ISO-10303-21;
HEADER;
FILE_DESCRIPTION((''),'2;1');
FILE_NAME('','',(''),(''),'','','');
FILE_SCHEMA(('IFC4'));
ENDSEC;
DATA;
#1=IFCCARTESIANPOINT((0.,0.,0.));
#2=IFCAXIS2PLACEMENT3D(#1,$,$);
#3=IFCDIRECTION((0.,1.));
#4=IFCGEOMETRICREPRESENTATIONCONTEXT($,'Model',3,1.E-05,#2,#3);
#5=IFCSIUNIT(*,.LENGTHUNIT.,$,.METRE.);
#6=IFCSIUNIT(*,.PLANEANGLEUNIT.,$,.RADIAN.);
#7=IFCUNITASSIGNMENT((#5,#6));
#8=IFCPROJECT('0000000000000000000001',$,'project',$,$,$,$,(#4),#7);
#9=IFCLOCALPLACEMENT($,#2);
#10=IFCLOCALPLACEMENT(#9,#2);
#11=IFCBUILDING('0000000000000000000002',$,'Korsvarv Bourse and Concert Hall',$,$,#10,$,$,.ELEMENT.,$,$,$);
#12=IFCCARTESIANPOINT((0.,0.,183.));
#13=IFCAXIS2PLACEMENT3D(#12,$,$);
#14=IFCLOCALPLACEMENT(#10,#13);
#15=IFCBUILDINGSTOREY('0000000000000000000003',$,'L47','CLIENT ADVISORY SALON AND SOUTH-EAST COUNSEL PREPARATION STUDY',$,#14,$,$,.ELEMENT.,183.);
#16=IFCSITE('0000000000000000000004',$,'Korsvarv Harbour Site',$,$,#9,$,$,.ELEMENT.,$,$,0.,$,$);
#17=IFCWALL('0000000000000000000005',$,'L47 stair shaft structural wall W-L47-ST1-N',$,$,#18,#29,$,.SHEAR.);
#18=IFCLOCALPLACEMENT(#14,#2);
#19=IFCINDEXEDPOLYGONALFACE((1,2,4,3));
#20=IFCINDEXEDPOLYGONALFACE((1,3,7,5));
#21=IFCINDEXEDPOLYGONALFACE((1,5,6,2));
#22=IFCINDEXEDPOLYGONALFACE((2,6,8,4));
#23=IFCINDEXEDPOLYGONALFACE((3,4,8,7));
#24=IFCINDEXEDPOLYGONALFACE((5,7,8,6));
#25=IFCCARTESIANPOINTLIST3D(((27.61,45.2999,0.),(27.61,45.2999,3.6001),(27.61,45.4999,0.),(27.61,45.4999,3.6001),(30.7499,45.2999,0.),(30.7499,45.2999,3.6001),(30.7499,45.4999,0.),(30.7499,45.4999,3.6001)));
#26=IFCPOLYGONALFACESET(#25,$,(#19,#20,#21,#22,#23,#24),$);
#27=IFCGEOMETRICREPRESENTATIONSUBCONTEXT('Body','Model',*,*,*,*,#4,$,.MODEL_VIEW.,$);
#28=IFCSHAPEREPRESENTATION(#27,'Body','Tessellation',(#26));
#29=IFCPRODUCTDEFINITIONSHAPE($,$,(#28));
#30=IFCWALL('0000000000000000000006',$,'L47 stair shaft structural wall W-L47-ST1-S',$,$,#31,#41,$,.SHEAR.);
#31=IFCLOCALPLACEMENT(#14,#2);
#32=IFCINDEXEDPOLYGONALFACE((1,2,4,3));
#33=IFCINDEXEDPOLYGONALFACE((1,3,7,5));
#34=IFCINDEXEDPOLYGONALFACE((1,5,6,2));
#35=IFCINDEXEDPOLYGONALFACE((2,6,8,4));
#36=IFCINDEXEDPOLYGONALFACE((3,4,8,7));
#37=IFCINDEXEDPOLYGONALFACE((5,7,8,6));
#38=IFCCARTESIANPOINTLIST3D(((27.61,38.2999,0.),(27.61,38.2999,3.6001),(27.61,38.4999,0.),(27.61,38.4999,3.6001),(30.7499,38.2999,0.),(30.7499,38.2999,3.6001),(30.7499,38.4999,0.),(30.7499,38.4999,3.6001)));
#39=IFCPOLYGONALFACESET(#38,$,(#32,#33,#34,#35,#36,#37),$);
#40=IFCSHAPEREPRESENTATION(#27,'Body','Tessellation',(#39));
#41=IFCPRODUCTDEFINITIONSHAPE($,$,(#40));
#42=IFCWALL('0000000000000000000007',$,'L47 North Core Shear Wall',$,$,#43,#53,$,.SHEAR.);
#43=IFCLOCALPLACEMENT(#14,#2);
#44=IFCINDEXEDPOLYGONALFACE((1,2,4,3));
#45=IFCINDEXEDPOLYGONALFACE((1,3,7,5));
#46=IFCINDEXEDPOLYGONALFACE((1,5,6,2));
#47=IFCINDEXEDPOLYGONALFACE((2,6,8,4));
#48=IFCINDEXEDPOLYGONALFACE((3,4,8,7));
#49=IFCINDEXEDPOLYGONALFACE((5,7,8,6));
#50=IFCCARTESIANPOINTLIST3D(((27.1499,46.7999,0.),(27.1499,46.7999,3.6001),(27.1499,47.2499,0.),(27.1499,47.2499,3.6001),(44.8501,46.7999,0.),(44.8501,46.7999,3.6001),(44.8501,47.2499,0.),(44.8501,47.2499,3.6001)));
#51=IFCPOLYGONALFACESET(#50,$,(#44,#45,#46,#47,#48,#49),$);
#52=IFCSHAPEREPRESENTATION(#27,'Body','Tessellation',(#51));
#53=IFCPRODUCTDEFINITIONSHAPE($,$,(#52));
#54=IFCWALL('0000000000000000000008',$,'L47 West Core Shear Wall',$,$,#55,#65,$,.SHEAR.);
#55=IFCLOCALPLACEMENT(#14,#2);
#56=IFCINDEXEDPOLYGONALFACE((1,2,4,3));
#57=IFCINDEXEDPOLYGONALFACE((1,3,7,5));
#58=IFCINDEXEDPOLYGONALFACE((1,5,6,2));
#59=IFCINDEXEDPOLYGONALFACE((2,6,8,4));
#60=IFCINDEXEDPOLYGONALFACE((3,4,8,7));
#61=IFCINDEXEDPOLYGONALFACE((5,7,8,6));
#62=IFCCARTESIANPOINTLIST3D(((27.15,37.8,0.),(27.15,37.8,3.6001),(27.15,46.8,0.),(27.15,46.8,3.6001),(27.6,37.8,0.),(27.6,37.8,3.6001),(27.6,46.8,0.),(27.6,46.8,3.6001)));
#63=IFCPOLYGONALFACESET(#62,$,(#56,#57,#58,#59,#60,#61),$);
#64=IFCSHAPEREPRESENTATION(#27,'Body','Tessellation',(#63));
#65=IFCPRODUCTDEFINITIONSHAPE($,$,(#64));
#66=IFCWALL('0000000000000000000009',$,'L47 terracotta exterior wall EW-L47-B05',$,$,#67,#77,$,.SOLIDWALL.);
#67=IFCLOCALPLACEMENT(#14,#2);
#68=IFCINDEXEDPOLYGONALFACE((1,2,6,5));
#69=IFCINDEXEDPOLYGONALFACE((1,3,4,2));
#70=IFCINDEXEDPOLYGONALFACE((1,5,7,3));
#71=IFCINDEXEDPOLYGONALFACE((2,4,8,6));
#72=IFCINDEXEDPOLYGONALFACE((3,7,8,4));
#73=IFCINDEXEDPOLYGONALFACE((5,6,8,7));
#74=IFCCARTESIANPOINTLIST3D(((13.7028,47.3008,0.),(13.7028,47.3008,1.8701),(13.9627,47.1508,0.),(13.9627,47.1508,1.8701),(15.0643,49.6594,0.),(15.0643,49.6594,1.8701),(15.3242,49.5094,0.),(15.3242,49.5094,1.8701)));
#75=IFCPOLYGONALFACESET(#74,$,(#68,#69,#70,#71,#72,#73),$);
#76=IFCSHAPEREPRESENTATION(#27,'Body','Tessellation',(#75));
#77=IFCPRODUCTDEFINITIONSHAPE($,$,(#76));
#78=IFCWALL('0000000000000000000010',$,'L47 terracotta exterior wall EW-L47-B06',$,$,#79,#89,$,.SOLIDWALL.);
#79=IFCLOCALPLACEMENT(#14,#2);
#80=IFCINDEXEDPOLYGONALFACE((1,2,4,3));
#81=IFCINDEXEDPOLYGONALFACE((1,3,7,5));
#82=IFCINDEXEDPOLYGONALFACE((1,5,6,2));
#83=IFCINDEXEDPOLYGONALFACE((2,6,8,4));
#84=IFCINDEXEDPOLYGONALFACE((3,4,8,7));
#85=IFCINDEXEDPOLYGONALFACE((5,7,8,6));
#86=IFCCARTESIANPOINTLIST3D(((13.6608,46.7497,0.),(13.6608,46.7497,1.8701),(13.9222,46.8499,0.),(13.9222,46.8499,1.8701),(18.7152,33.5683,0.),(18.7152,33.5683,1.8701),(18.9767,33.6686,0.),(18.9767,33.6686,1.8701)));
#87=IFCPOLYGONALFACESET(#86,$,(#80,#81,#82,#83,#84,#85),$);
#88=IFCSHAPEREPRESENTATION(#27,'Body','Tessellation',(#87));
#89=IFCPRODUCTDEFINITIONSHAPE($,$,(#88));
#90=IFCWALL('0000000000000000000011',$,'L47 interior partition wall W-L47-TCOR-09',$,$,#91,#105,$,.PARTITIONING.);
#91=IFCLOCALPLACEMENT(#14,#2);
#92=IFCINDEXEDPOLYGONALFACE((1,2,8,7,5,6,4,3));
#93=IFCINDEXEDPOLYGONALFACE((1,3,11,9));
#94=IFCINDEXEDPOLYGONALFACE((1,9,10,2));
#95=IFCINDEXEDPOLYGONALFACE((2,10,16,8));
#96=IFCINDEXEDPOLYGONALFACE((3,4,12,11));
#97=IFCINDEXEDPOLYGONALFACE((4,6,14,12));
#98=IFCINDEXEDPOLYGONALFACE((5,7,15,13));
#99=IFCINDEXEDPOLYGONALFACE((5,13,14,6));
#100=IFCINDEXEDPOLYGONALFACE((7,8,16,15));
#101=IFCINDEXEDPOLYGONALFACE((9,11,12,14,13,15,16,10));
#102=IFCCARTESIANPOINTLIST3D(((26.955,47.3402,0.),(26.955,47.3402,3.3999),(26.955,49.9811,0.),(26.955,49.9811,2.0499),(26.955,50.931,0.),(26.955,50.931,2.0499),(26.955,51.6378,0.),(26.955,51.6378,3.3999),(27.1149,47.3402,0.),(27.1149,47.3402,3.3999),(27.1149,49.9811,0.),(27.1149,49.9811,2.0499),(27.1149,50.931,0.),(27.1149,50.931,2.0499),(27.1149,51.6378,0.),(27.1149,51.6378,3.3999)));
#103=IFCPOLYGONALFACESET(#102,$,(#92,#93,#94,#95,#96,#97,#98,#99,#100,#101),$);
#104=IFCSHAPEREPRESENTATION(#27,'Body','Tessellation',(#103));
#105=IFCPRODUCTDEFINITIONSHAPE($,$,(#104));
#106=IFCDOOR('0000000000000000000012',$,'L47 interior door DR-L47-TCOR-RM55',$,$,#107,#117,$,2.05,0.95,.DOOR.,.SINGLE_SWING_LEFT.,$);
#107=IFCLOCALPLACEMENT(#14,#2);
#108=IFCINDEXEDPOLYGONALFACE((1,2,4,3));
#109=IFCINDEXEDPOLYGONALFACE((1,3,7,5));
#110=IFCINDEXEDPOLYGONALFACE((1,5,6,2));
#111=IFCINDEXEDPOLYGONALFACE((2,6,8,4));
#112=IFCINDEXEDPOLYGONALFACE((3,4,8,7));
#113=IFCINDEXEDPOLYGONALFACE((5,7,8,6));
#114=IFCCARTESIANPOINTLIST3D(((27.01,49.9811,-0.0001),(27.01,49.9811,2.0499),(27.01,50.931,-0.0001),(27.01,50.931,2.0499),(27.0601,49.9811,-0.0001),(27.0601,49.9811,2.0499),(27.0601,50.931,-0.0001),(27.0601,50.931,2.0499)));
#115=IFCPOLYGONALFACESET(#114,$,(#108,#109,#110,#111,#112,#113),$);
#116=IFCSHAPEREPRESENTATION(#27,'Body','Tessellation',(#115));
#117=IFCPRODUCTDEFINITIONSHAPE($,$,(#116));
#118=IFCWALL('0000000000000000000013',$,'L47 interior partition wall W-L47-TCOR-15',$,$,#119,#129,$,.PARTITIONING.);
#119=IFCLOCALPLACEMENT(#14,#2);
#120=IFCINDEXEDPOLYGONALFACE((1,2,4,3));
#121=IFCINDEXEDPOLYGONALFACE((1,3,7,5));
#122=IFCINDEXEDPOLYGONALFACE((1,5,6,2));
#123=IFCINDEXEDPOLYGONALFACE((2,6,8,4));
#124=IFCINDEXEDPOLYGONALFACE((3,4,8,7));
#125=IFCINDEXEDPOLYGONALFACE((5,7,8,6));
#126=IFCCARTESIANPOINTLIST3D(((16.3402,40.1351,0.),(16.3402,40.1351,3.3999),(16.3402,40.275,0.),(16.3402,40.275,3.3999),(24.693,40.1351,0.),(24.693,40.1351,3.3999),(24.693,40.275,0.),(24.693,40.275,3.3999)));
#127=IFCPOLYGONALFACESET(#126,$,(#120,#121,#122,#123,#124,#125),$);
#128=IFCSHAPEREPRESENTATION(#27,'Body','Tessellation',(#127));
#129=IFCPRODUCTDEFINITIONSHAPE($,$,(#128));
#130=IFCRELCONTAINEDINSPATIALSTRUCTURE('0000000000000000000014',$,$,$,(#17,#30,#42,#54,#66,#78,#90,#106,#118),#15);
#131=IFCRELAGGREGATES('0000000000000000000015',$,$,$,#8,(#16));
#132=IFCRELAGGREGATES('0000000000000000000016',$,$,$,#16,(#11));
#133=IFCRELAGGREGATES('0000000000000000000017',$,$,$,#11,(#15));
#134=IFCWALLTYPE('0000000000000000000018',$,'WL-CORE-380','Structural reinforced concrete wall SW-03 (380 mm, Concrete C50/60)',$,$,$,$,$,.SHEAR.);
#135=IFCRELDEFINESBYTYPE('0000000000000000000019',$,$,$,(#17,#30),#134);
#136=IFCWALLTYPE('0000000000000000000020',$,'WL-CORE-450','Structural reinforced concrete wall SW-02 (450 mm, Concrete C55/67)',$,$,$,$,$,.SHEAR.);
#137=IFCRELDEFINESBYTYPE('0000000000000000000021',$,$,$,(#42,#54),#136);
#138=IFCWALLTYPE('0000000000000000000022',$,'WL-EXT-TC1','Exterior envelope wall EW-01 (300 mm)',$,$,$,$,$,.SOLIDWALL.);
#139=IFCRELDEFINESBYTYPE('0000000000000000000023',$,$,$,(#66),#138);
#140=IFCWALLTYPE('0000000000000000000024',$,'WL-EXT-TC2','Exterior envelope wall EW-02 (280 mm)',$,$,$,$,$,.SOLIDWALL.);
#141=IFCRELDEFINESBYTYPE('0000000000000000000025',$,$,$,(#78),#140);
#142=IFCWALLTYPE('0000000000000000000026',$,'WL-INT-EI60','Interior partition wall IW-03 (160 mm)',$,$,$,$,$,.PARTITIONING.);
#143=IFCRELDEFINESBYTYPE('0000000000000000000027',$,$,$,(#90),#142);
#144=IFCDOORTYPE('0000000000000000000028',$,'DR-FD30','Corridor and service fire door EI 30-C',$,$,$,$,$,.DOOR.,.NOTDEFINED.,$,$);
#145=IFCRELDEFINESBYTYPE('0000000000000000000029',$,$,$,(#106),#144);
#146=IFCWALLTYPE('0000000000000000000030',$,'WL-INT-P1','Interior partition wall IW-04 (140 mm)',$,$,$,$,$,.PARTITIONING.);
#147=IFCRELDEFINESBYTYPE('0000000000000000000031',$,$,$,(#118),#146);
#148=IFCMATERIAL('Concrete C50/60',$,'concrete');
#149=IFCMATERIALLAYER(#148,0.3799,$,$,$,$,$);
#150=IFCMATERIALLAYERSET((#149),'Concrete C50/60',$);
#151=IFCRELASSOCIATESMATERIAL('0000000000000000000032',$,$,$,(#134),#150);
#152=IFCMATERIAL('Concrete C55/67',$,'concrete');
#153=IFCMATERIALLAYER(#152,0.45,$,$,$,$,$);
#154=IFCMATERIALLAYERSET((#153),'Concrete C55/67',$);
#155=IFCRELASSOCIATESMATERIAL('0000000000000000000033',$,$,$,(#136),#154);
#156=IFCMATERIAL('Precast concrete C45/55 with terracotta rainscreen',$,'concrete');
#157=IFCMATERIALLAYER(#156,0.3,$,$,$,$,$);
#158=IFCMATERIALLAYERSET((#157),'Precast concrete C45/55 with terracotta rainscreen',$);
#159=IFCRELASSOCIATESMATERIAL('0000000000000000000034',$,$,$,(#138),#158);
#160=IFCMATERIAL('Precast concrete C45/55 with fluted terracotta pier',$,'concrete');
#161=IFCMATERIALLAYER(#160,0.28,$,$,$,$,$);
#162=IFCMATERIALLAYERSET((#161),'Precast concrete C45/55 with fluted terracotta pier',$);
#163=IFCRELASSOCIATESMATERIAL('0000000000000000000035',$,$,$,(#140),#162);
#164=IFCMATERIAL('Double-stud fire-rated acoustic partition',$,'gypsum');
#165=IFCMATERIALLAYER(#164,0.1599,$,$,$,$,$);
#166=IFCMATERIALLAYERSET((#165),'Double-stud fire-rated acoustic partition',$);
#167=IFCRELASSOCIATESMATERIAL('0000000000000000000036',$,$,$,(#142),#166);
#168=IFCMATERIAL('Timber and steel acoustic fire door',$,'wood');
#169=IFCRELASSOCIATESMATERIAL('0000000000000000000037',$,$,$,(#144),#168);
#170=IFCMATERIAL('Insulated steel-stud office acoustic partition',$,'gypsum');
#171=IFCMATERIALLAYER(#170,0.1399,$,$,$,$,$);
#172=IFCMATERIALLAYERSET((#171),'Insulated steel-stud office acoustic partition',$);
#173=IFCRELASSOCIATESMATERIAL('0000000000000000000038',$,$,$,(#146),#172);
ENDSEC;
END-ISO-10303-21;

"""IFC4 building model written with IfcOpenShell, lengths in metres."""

from ifc_helpers import new_model, si_unit, direction, frame, frame_2d, origin, place, context, subcontext, project, spatial, rectangle, extrude, material, layer, layer_set, type_object, element, fill, save


model = new_model("IFC4")

# Units and contexts
model_context = context("Model", 3, precision=1e-05, world=origin(), true_north=direction((0.0, 1.0)))
body_context = subcontext(model_context, "Body", "Model", "MODEL_VIEW")
ifc_project = project(units=[si_unit("LENGTHUNIT", "METRE"), si_unit("PLANEANGLEUNIT", "RADIAN")], contexts=[model_context])

# Site, building, storey
site_placement = place(None, origin())
site = spatial("IfcSite", under=ifc_project, at=site_placement, Name="Korsvarv Harbour Site", CompositionType="ELEMENT", RefElevation=0.0)
building_placement = place(site_placement, origin())
building = spatial("IfcBuilding", under=site, at=building_placement, Name="Korsvarv Bourse and Concert Hall", CompositionType="ELEMENT")
storey_placement = place(building_placement, frame((0.0, 0.0, 183.0)))
storey = spatial("IfcBuildingStorey", under=building, at=storey_placement, Name="L47", Description="CLIENT ADVISORY SALON AND SOUTH-EAST COUNSEL PREPARATION STUDY", CompositionType="ELEMENT", Elevation=183.0)

# Shared definitions
ifc_material_1 = material(Name="Concrete C55/67", Category="concrete")

# Shared definitions
ifc_material_2 = material(Name="Concrete C50/60", Category="concrete")

# Walls
ifc_layer_1 = layer(ifc_material_2, 0.3799)
ifc_layer_set_1 = layer_set([ifc_layer_1], Name="Concrete C50/60")
wall_type_1 = type_object("IfcWallType", Name="WL-CORE-380", Description="Structural reinforced concrete wall SW-03 (380 mm, Concrete C50/60)", PredefinedType="SHEAR", material=ifc_layer_set_1)
for number, where, z_axis, x_axis, name in (
    (1, (27.6101, 45.3999, 0.0), (0.0, 0.0, 1.0), (1.0, 0.0, 0.0), "L47 stair shaft structural wall W-L47-ST1-N"),
    (2, (27.6101, 38.3999, 0.0), (0.0, 0.0, 1.0), (1.0, 0.0, 0.0), "L47 stair shaft structural wall W-L47-ST1-S"),
):
    element("IfcWall", number, at=place(storey_placement, frame(where, z_axis=z_axis, x_axis=x_axis)), inside=storey, type_object=wall_type_1, Name=name, PredefinedType="SHEAR", context=body_context, shape_type="SweptSolid", body=[
        extrude(rectangle(XDim=3.1399, YDim=0.2, at=frame_2d((1.5698, 0.0))), origin(), (0.0, 0.0, 1.0), 3.6001),
    ])
ifc_layer_2 = layer(ifc_material_1, 0.45)
ifc_layer_set_2 = layer_set([ifc_layer_2], Name="Concrete C55/67")
wall_type_2 = type_object("IfcWallType", Name="WL-CORE-450", Description="Structural reinforced concrete wall SW-02 (450 mm, Concrete C55/67)", PredefinedType="SHEAR", material=ifc_layer_set_2)
wall_1_placement = place(storey_placement, frame((27.1499, 47.0249, 0.0), z_axis=(0.0, 0.0, 1.0), x_axis=(1.0, 0.0, 0.0)))
element("IfcWall", 3, at=wall_1_placement, inside=storey, type_object=wall_type_2, Name="L47 North Core Shear Wall", PredefinedType="SHEAR", context=body_context, shape_type="SweptSolid", body=[
    extrude(rectangle(XDim=17.7002, YDim=0.45, at=frame_2d((8.8501, 0.0))), origin(), (0.0, 0.0, 1.0), 3.6001),
])
wall_2_placement = place(storey_placement, frame((27.375, 37.8, 0.0), z_axis=(0.0, 0.0, 1.0), x_axis=(0.0, 1.0, 0.0)))
element("IfcWall", 4, at=wall_2_placement, inside=storey, type_object=wall_type_2, Name="L47 West Core Shear Wall", PredefinedType="SHEAR", context=body_context, shape_type="SweptSolid", body=[
    extrude(rectangle(XDim=9.0, YDim=0.45, at=frame_2d((4.5, 0.0))), origin(), (0.0, 0.0, 1.0), 3.6001),
])
ifc_material_3 = material(Name="Precast concrete C45/55 with terracotta rainscreen", Category="concrete")
ifc_layer_3 = layer(ifc_material_3, 0.3)
ifc_layer_set_3 = layer_set([ifc_layer_3], Name="Precast concrete C45/55 with terracotta rainscreen")
wall_type_3 = type_object("IfcWallType", Name="WL-EXT-TC1", Description="Exterior envelope wall EW-01 (300 mm)", PredefinedType="SOLIDWALL", material=ifc_layer_set_3)
wall_3_placement = place(storey_placement, frame((15.1943, 49.5845, 0.0), z_axis=(0.0, 0.0, 1.0), x_axis=(-0.499947, -0.866056, 0.0)))
element("IfcWall", 5, at=wall_3_placement, inside=storey, type_object=wall_type_3, Name="L47 terracotta exterior wall EW-L47-B05", PredefinedType="SOLIDWALL", context=body_context, shape_type="SweptSolid", body=[
    extrude(rectangle(XDim=2.7234, YDim=0.3, at=frame_2d((1.3618, 0.0))), origin(), (0.0, 0.0, 1.0), 1.8701),
])
ifc_material_4 = material(Name="Precast concrete C45/55 with fluted terracotta pier", Category="concrete")
ifc_layer_4 = layer(ifc_material_4, 0.28)
ifc_layer_set_4 = layer_set([ifc_layer_4], Name="Precast concrete C45/55 with fluted terracotta pier")
wall_type_4 = type_object("IfcWallType", Name="WL-EXT-TC2", Description="Exterior envelope wall EW-02 (280 mm)", PredefinedType="SOLIDWALL", material=ifc_layer_set_4)
wall_4_placement = place(storey_placement, frame((13.7915, 46.7998, 0.0), z_axis=(0.0, 0.0, 1.0), x_axis=(0.358033, -0.933709, 0.0)))
element("IfcWall", 6, at=wall_4_placement, inside=storey, type_object=wall_type_4, Name="L47 terracotta exterior wall EW-L47-B06", PredefinedType="SOLIDWALL", context=body_context, shape_type="SweptSolid", body=[
    extrude(rectangle(XDim=14.1172, YDim=0.28, at=frame_2d((7.0586, 0.0))), origin(), (0.0, 0.0, 1.0), 1.8701),
])

# Wall, opening, door
ifc_material_5 = material(Name="Double-stud fire-rated acoustic partition", Category="gypsum")
ifc_layer_5 = layer(ifc_material_5, 0.1599)
ifc_layer_set_5 = layer_set([ifc_layer_5], Name="Double-stud fire-rated acoustic partition")
wall_type_5 = type_object("IfcWallType", Name="WL-INT-EI60", Description="Interior partition wall IW-03 (160 mm)", PredefinedType="PARTITIONING", material=ifc_layer_set_5)
wall_5_placement = place(storey_placement, frame((27.0349, 47.3401, 0.0), z_axis=(0.0, 0.0, 1.0), x_axis=(0.0, 1.0, 0.0)))
wall_5 = element("IfcWall", 7, at=wall_5_placement, inside=storey, type_object=wall_type_5, Name="L47 interior partition wall W-L47-TCOR-09", PredefinedType="PARTITIONING", context=body_context, shape_type="SweptSolid", body=[
    extrude(rectangle(XDim=4.2976, YDim=0.1599, at=frame_2d((2.1489, 0.0))), origin(), (0.0, 0.0, 1.0), 3.3999),
])
opening_placement = place(wall_5_placement, frame((2.6409, 0.0, 0.0)))
opening = element("IfcOpeningElement", 8, at=opening_placement, cuts=wall_5, PredefinedType="OPENING", context=body_context, shape_type="SweptSolid", body=[
    extrude(rectangle(XDim=0.95, YDim=2.05, at=frame_2d((0.4751, 1.0249))), frame((0.0, 0.0898, 0.0), z_axis=(0.0, -1.0, 0.0), x_axis=(1.0, 0.0, 0.0)), (0.0, 0.0, 1.0), 0.1799),
])
ifc_material_6 = material(Name="Timber and steel acoustic fire door", Category="wood")
door_type = type_object("IfcDoorType", Name="DR-FD30", Description="Corridor and service fire door EI 30-C", OperationType="NOTDEFINED", PredefinedType="DOOR", material=ifc_material_6)
door_placement = place(opening_placement, origin())
door = element("IfcDoor", 9, at=door_placement, inside=storey, type_object=door_type, Name="L47 interior door DR-L47-TCOR-RM55", OperationType="SINGLE_SWING_LEFT", OverallHeight=2.05, OverallWidth=0.95, PredefinedType="DOOR", context=body_context, shape_type="SweptSolid", body=[
    extrude(rectangle(XDim=0.95, YDim=2.05, at=frame_2d((0.4751, 1.0249))), frame((0.0, 0.0249, 0.0), z_axis=(0.0, -1.0, 0.0), x_axis=(1.0, 0.0, 0.0)), (0.0, 0.0, 1.0), 0.05),
])
fill(opening, door)

# Wall
ifc_material_7 = material(Name="Insulated steel-stud office acoustic partition", Category="gypsum")
ifc_layer_6 = layer(ifc_material_7, 0.1399)
ifc_layer_set_6 = layer_set([ifc_layer_6], Name="Insulated steel-stud office acoustic partition")
wall_type_6 = type_object("IfcWallType", Name="WL-INT-P1", Description="Interior partition wall IW-04 (140 mm)", PredefinedType="PARTITIONING", material=ifc_layer_set_6)
wall_6_placement = place(storey_placement, frame((16.3403, 40.2051, 0.0), z_axis=(0.0, 0.0, 1.0), x_axis=(1.0, 0.0, 0.0)))
element("IfcWall", 10, at=wall_6_placement, inside=storey, type_object=wall_type_6, Name="L47 interior partition wall W-L47-TCOR-15", PredefinedType="PARTITIONING", context=body_context, shape_type="SweptSolid", body=[
    extrude(rectangle(XDim=8.3528, YDim=0.1399, at=frame_2d((4.1763, 0.0))), origin(), (0.0, 0.0, 1.0), 3.3999),
])

save(model, "model.ifc")
